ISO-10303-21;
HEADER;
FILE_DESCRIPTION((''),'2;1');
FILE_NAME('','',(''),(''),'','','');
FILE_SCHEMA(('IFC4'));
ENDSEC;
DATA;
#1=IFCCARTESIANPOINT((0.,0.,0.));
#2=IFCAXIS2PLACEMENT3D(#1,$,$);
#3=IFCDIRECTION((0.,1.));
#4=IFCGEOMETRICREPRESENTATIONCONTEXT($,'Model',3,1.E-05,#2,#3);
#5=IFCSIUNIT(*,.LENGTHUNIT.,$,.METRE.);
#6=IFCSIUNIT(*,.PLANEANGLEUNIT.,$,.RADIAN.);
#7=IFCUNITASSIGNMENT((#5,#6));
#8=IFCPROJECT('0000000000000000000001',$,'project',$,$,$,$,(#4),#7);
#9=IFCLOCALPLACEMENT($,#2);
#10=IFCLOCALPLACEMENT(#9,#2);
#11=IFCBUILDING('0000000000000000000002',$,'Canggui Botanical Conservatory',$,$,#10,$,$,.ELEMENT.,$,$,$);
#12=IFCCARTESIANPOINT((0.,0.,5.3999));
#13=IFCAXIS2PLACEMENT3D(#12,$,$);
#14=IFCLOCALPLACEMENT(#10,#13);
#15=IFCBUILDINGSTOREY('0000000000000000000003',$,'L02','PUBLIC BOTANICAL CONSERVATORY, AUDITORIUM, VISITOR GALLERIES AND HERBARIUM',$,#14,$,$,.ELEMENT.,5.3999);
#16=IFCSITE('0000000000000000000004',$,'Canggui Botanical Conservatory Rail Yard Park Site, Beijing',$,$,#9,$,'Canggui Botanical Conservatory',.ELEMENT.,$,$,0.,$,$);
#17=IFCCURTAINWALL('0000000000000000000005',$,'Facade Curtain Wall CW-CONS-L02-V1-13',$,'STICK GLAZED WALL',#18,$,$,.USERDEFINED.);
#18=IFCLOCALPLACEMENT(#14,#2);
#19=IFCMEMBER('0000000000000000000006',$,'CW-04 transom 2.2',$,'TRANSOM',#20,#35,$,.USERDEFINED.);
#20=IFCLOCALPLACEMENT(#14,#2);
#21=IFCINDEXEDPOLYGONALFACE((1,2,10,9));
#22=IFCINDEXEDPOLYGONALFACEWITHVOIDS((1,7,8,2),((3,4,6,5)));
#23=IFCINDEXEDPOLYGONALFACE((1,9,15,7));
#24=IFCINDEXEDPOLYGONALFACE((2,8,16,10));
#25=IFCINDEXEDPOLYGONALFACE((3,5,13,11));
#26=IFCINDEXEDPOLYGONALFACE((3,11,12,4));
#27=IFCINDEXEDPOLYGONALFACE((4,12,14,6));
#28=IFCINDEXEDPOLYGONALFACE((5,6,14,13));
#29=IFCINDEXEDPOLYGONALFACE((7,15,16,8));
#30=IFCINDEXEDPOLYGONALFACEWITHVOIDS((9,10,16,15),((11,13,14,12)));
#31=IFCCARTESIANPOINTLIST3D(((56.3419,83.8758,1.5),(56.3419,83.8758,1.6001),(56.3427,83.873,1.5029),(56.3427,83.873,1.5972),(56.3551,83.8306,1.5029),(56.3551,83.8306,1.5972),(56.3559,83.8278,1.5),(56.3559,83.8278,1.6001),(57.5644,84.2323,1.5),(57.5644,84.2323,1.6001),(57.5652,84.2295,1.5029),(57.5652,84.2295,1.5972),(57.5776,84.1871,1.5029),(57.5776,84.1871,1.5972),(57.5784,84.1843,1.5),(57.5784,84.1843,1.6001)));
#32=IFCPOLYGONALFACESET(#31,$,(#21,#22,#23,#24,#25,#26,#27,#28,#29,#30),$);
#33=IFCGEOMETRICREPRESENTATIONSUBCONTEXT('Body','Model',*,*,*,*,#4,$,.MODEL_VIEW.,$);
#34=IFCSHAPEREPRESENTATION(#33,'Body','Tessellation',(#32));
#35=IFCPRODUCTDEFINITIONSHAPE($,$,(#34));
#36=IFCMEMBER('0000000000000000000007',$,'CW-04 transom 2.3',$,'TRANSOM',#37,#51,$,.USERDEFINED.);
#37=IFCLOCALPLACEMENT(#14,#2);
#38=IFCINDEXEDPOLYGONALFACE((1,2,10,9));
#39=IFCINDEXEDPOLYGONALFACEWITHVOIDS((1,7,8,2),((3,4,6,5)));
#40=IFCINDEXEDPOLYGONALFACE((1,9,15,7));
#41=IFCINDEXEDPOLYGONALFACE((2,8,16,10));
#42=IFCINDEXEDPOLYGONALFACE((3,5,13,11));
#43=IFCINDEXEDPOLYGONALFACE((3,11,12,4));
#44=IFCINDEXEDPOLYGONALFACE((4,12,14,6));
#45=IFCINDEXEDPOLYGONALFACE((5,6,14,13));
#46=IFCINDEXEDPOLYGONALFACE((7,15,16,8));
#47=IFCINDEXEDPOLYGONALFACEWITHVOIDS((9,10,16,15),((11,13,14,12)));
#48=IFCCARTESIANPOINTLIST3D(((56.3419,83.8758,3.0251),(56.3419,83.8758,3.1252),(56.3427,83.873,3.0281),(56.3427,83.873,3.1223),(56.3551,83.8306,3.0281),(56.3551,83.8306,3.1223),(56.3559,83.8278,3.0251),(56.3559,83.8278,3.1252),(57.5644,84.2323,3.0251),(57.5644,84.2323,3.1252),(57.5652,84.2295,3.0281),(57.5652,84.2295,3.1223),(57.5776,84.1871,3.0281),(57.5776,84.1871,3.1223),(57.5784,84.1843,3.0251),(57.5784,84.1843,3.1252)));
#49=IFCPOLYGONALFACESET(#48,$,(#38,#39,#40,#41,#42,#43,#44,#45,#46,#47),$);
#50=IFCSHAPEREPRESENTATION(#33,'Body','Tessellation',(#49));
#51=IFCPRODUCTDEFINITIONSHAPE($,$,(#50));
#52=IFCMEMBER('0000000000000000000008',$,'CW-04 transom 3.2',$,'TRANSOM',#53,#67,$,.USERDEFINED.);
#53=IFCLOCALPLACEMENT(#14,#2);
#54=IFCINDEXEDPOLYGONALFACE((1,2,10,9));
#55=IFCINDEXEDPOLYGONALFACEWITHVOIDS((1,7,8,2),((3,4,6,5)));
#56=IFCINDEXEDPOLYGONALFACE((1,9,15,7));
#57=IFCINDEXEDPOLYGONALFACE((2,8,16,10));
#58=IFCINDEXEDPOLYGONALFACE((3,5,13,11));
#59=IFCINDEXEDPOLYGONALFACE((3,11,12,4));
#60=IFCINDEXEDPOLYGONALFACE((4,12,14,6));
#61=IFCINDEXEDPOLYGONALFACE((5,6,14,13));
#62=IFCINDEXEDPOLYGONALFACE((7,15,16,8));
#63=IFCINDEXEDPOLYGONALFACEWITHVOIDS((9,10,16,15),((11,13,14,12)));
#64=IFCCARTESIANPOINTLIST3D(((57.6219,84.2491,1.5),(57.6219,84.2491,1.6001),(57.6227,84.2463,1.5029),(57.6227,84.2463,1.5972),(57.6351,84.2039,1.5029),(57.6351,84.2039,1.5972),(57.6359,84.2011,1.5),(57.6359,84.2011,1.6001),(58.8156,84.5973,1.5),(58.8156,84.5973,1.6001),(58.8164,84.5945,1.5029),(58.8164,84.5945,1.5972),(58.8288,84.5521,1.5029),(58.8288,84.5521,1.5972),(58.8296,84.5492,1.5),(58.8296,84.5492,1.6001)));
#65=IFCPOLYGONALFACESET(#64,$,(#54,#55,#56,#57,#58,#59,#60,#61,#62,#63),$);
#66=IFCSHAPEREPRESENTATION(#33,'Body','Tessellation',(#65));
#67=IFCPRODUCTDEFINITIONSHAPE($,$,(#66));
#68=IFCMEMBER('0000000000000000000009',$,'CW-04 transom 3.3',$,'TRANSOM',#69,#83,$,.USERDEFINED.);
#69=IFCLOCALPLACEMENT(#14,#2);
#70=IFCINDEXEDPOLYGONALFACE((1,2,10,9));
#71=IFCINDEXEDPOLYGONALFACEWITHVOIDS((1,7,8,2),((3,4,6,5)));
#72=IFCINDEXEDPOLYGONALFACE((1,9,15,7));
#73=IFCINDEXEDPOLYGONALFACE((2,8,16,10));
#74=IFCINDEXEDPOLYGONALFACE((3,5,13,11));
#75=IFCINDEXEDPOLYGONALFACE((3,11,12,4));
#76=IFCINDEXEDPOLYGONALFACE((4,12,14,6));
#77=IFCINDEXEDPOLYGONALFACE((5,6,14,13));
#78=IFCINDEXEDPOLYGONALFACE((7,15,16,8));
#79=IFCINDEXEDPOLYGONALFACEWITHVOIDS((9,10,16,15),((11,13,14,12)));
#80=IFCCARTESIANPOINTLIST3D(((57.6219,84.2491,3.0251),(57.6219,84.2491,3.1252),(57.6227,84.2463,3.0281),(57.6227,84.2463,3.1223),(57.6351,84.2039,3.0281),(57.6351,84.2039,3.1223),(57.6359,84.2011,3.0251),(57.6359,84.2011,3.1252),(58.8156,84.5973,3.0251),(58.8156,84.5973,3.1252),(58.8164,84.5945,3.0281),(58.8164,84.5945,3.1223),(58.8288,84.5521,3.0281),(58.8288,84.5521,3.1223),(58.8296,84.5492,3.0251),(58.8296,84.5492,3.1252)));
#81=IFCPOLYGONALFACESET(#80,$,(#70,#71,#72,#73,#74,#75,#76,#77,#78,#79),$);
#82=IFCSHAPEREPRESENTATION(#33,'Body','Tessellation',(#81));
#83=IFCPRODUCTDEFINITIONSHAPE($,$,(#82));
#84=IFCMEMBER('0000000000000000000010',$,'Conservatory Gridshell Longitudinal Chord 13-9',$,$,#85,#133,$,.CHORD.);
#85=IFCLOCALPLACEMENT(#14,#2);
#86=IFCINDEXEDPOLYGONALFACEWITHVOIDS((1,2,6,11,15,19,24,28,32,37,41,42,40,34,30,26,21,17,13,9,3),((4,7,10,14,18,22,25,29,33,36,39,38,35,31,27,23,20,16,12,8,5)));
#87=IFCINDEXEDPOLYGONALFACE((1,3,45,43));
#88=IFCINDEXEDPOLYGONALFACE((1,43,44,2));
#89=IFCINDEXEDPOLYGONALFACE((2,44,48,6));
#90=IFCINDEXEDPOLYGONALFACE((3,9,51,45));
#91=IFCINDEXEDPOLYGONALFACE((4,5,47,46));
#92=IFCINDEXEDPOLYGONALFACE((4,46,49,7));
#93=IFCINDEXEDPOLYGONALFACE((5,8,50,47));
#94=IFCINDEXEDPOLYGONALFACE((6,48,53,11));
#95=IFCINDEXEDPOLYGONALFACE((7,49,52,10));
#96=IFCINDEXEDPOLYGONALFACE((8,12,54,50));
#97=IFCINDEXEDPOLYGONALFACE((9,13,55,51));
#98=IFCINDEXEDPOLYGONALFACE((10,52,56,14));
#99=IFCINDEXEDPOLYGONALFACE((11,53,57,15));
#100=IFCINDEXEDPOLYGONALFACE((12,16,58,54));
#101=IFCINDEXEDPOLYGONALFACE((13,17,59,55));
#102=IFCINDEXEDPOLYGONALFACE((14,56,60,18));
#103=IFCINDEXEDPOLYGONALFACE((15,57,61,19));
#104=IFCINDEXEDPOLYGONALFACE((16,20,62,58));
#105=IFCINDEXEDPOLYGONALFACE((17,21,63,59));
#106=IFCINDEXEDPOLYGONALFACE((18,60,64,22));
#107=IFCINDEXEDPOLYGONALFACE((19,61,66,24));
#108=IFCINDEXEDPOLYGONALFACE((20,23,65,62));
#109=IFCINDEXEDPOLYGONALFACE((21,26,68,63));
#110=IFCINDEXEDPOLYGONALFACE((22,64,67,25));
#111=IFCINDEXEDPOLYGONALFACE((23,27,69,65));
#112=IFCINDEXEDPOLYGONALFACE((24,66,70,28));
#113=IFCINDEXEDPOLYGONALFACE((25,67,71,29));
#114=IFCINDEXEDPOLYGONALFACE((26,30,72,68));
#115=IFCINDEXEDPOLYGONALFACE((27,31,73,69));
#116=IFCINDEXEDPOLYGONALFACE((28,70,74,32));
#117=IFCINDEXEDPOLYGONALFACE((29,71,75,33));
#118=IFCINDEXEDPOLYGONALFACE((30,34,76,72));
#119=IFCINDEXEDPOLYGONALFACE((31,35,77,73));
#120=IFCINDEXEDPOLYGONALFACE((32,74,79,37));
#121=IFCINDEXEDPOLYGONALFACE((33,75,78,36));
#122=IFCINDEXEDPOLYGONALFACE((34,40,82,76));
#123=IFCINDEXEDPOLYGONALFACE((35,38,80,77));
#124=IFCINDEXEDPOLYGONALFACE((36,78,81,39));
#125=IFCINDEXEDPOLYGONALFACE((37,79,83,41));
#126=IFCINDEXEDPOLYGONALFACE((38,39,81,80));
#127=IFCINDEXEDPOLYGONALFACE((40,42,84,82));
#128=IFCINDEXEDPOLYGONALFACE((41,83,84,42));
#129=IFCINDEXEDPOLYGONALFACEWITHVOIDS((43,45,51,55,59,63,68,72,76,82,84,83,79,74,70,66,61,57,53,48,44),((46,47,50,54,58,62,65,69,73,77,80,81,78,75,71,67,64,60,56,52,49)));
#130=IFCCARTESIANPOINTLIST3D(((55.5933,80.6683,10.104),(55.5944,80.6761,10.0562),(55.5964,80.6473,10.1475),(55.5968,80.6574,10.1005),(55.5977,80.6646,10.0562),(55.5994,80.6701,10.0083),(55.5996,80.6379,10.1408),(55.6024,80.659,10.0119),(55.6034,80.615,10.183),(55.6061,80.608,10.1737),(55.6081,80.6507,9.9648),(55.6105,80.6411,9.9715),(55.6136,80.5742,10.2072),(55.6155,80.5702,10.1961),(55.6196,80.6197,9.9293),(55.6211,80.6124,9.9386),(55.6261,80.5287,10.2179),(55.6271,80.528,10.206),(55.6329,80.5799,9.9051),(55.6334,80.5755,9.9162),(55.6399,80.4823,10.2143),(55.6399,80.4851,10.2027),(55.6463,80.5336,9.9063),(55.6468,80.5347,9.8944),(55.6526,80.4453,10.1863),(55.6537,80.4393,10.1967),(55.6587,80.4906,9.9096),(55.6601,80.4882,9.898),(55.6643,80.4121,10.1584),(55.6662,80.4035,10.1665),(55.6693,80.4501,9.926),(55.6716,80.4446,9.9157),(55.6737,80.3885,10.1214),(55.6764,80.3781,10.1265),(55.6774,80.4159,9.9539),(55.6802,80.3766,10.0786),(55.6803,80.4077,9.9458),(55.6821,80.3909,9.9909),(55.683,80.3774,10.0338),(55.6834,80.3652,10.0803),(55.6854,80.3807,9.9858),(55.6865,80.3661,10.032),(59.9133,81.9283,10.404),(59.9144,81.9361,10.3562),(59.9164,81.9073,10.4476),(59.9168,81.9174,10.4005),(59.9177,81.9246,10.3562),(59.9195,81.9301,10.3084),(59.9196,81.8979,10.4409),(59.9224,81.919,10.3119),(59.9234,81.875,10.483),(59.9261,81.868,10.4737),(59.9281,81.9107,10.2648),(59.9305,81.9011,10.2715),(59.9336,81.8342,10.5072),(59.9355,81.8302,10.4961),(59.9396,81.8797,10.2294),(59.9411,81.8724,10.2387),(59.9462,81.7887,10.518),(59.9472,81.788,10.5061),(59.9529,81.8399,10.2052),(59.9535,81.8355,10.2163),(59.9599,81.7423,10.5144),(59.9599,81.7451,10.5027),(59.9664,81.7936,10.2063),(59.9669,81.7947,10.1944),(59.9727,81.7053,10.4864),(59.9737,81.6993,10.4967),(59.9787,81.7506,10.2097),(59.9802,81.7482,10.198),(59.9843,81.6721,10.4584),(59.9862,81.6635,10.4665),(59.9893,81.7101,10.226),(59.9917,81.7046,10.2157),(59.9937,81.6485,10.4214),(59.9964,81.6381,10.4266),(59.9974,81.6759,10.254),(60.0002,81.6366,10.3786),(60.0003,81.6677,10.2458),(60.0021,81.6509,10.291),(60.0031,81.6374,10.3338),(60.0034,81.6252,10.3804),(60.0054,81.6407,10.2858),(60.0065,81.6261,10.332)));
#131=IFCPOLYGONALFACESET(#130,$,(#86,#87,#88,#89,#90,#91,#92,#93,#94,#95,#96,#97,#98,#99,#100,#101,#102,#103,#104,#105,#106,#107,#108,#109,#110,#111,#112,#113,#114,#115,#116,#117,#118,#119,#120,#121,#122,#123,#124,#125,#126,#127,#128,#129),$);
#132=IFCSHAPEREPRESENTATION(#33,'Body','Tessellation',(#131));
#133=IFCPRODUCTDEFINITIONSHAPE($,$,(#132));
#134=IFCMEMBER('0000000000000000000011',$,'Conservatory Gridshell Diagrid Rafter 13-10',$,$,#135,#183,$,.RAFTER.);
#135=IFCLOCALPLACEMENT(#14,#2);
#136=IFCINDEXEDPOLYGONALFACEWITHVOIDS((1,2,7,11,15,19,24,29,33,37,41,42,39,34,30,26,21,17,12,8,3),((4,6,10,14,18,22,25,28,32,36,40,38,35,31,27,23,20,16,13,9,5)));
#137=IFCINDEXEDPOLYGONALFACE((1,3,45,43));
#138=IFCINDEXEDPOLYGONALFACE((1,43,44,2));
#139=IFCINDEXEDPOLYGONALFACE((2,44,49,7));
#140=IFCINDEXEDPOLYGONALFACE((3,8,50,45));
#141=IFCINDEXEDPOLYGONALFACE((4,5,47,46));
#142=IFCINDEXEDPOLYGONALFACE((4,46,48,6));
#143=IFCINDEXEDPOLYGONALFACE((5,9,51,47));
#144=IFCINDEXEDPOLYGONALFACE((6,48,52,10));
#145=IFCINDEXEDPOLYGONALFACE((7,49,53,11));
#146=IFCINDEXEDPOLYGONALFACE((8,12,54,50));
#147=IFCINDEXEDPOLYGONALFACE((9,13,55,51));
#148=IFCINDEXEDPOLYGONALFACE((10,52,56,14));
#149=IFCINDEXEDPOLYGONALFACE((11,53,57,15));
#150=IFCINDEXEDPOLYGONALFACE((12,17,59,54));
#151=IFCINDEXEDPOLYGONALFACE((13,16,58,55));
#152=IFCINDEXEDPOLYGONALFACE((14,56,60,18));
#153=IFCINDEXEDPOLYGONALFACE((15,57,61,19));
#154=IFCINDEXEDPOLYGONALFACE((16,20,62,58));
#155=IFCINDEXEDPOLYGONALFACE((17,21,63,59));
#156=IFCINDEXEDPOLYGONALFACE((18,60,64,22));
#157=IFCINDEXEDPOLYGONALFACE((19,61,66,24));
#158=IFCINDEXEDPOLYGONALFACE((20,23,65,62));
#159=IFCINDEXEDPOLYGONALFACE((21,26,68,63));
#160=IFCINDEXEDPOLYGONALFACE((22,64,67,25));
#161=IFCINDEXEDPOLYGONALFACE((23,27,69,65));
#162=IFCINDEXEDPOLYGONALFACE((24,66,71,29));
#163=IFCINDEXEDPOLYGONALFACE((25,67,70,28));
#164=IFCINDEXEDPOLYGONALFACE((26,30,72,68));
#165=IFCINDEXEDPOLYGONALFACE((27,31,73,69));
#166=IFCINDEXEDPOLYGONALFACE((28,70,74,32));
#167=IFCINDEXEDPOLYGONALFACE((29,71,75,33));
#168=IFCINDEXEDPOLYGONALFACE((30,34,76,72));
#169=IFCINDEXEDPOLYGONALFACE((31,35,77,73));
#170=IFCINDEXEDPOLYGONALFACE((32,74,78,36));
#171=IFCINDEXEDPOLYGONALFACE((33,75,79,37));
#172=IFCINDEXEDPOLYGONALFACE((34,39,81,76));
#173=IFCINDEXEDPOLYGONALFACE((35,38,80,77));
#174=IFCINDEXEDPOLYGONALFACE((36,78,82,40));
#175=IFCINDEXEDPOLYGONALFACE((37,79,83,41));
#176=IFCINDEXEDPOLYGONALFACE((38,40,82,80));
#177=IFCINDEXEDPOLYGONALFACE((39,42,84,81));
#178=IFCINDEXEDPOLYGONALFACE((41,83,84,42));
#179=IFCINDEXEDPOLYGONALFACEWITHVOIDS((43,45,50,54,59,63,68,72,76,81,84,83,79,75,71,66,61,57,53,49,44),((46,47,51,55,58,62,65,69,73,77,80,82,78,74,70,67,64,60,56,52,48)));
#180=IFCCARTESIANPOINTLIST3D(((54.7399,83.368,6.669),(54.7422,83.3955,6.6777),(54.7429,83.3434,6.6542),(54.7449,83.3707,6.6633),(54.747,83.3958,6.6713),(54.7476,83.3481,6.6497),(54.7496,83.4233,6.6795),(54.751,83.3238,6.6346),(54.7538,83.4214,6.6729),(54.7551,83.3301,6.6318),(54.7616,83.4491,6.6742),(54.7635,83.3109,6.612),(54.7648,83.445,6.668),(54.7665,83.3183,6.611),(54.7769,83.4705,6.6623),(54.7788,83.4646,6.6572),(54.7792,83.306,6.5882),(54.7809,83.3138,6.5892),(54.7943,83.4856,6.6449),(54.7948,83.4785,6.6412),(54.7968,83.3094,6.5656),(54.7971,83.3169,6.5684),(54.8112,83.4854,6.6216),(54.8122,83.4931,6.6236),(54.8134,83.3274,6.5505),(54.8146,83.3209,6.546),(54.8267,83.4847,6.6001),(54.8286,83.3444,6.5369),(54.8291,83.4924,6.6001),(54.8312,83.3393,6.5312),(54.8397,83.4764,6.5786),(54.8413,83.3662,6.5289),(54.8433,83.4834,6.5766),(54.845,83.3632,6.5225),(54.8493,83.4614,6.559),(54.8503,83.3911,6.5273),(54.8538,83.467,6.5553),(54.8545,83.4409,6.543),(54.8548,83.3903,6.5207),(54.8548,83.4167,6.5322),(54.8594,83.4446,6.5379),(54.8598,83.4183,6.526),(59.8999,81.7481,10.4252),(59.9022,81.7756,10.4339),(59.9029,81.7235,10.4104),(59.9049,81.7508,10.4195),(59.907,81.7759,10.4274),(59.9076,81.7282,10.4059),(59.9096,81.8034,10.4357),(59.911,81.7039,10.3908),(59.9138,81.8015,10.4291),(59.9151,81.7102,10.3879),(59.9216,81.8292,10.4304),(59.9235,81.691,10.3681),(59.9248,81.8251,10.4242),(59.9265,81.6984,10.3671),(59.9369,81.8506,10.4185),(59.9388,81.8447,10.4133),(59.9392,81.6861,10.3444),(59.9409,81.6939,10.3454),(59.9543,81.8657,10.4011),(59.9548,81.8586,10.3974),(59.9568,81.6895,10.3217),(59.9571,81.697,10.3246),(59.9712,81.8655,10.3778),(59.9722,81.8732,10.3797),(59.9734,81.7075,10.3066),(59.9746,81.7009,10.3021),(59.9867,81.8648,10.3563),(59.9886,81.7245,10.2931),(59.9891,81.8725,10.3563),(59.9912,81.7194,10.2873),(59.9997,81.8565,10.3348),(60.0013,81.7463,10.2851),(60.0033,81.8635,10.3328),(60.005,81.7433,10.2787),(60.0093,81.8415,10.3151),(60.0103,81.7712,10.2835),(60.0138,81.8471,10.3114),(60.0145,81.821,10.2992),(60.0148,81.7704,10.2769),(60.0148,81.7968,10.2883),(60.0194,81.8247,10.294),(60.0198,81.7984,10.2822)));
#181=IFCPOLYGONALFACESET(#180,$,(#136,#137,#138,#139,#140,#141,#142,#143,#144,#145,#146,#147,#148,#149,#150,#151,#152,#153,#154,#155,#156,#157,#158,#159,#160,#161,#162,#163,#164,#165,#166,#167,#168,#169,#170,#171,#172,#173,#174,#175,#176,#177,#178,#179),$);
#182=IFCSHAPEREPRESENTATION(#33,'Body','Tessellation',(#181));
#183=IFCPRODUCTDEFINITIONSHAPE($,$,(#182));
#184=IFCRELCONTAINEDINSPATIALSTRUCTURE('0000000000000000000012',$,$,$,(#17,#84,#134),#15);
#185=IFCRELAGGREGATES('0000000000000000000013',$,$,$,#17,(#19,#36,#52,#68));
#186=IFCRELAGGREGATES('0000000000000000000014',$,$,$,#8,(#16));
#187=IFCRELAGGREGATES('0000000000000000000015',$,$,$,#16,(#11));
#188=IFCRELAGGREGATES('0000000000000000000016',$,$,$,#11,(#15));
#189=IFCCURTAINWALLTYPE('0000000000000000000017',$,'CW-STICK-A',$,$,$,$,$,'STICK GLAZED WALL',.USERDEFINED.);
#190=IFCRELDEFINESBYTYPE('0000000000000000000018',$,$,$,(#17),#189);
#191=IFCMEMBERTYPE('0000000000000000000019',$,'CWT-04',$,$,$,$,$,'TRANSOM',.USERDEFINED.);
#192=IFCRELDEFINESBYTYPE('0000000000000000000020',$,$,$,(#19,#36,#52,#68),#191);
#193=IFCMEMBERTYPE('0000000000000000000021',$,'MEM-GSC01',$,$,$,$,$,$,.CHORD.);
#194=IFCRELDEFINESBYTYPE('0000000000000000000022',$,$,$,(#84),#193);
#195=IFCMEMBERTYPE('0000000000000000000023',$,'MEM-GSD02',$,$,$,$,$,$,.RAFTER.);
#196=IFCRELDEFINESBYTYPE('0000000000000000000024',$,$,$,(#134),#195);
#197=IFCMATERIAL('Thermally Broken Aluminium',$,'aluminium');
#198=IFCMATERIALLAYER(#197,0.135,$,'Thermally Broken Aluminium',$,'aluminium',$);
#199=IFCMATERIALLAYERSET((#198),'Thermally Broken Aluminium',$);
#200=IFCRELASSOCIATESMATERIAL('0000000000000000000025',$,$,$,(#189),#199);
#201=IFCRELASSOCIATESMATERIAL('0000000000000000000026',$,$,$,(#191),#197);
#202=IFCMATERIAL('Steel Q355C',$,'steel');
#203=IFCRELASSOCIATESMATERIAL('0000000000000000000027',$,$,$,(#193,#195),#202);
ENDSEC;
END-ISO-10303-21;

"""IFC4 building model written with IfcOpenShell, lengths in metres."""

from ifc_helpers import new_model, si_unit, direction, frame, origin, origin_2d, place, context, subcontext, project, spatial, hollow_rectangle, hollow_circle, extrude, material, layer, layer_set, material_profile, profile_set, type_object, element, aggregate, save


model = new_model("IFC4")

# Units and contexts
model_context = context("Model", 3, precision=1e-05, world=origin(), true_north=direction((0.0, 1.0)))
body_context = subcontext(model_context, "Body", "Model", "MODEL_VIEW")
ifc_project = project(units=[si_unit("LENGTHUNIT", "METRE"), si_unit("PLANEANGLEUNIT", "RADIAN")], contexts=[model_context])

# Site, building, storey
site_placement = place(None, origin())
site = spatial("IfcSite", under=ifc_project, at=site_placement, Name="Canggui Botanical Conservatory Rail Yard Park Site, Beijing", LongName="Canggui Botanical Conservatory", CompositionType="ELEMENT", RefElevation=0.0)
building_placement = place(site_placement, origin())
building = spatial("IfcBuilding", under=site, at=building_placement, Name="Canggui Botanical Conservatory", CompositionType="ELEMENT")
storey_placement = place(building_placement, frame((0.0, 0.0, 5.3999)))
storey = spatial("IfcBuildingStorey", under=building, at=storey_placement, Name="L02", Description="PUBLIC BOTANICAL CONSERVATORY, AUDITORIUM, VISITOR GALLERIES AND HERBARIUM", CompositionType="ELEMENT", Elevation=5.3999)

# Shared definitions
ifc_material_1 = material(Name="Steel Q355C", Category="steel")

# Shared definitions
ifc_material_2 = material(Name="Thermally Broken Aluminium", Category="aluminium")
ifc_layer_1 = layer(ifc_material_2, 0.135, Name="Thermally Broken Aluminium", Category="aluminium")
ifc_layer_set_1 = layer_set([ifc_layer_1], Name="Thermally Broken Aluminium")
curtain_wall_type = type_object("IfcCurtainWallType", Name="CW-STICK-A", ElementType="STICK GLAZED WALL", PredefinedType="USERDEFINED", material=ifc_layer_set_1)
ifc_material_profile_1 = material_profile(ifc_material_2, hollow_rectangle(XDim=0.05, YDim=0.1001, WallThickness=0.0029, at=origin_2d()), Name="CWT 50x100x3")
ifc_profile_set_1 = profile_set([ifc_material_profile_1], Name="Thermally Broken Aluminium")
member_type_1 = type_object("IfcMemberType", Name="CWT-04", ElementType="TRANSOM", PredefinedType="USERDEFINED", material=ifc_profile_set_1)

# Curtain wall, members
curtain_wall_1_placement = place(storey_placement, origin())
curtain_wall_1 = element("IfcCurtainWall", 1, at=curtain_wall_1_placement, inside=storey, type_object=curtain_wall_type, Name="Facade Curtain Wall CW-CONS-L02-V1-13", ObjectType="STICK GLAZED WALL", PredefinedType="USERDEFINED")
member_1_placement = place(storey_placement, frame((56.3489, 83.8518, 1.55), z_axis=(0.960019, 0.279934, 0.0), x_axis=(-0.279934, 0.960019, 0.0)))
member_1 = element("IfcMember", 2, at=member_1_placement, type_object=member_type_1, Name="CW-04 transom 2.2", ObjectType="TRANSOM", PredefinedType="USERDEFINED", context=body_context, shape_type="SweptSolid", body=[
    extrude(hollow_rectangle(XDim=0.05, YDim=0.1001, WallThickness=0.0029, at=origin_2d()), origin(), (0.0, 0.0, 1.0), 1.2734),
])
member_2_placement = place(storey_placement, frame((56.3489, 83.8518, 3.0752), z_axis=(0.960019, 0.279934, 0.0), x_axis=(-0.279934, 0.960019, 0.0)))
member_2 = element("IfcMember", 3, at=member_2_placement, type_object=member_type_1, Name="CW-04 transom 2.3", ObjectType="TRANSOM", PredefinedType="USERDEFINED", context=body_context, shape_type="SweptSolid", body=[
    extrude(hollow_rectangle(XDim=0.05, YDim=0.1001, WallThickness=0.0029, at=origin_2d()), origin(), (0.0, 0.0, 1.0), 1.2734),
])
member_3_placement = place(storey_placement, frame((57.6289, 84.2251, 1.55), z_axis=(0.959998, 0.280008, 0.0), x_axis=(-0.280008, 0.959998, 0.0)))
member_3 = element("IfcMember", 4, at=member_3_placement, type_object=member_type_1, Name="CW-04 transom 3.2", ObjectType="TRANSOM", PredefinedType="USERDEFINED", context=body_context, shape_type="SweptSolid", body=[
    extrude(hollow_rectangle(XDim=0.05, YDim=0.1001, WallThickness=0.0029, at=origin_2d()), origin(), (0.0, 0.0, 1.0), 1.2434),
])
member_4_placement = place(storey_placement, frame((57.6289, 84.2251, 3.0752), z_axis=(0.959998, 0.280008, 0.0), x_axis=(-0.280008, 0.959998, 0.0)))
member_4 = element("IfcMember", 5, at=member_4_placement, type_object=member_type_1, Name="CW-04 transom 3.3", ObjectType="TRANSOM", PredefinedType="USERDEFINED", context=body_context, shape_type="SweptSolid", body=[
    extrude(hollow_rectangle(XDim=0.05, YDim=0.1001, WallThickness=0.0029, at=origin_2d()), origin(), (0.0, 0.0, 1.0), 1.2434),
])

# Members
ifc_material_profile_2 = material_profile(ifc_material_1, hollow_circle(Radius=0.1626, WallThickness=0.012, at=origin_2d()), Name="CHS 325x12")
ifc_profile_set_2 = profile_set([ifc_material_profile_2], Name="Steel Q355C")
member_type_2 = type_object("IfcMemberType", Name="MEM-GSC01", PredefinedType="CHORD", material=ifc_profile_set_2)
member_5_placement = place(storey_placement, frame((55.6399, 80.52, 10.0562), z_axis=(0.957874, 0.279378, 0.066529), x_axis=(-0.279998, 0.960001, 0.0)))
element("IfcMember", 6, at=member_5_placement, inside=storey, type_object=member_type_2, Name="Conservatory Gridshell Longitudinal Chord 13-9", PredefinedType="CHORD", context=body_context, shape_type="SweptSolid", body=[
    extrude(hollow_circle(Radius=0.1626, WallThickness=0.012, at=origin_2d()), origin(), (0.0, 0.0, 1.0), 4.51),
])
ifc_material_profile_3 = material_profile(ifc_material_1, hollow_circle(Radius=0.0969, WallThickness=0.0081, at=origin_2d()), Name="CHS 194x8")
ifc_profile_set_3 = profile_set([ifc_material_profile_3], Name="Steel Q355C")
member_type_3 = type_object("IfcMemberType", Name="MEM-GSD02", PredefinedType="RAFTER", material=ifc_profile_set_3)
member_6_placement = place(storey_placement, frame((54.8, 83.3999, 6.6001), z_axis=(0.783633, -0.246009, 0.570437), x_axis=(0.299521, 0.95409, 0.0)))
element("IfcMember", 7, at=member_6_placement, inside=storey, type_object=member_type_3, Name="Conservatory Gridshell Diagrid Rafter 13-10", PredefinedType="RAFTER", context=body_context, shape_type="SweptSolid", body=[
    extrude(hollow_circle(Radius=0.0969, WallThickness=0.0081, at=origin_2d()), origin(), (0.0, 0.0, 1.0), 6.5847),
])

aggregate(curtain_wall_1, [member_1, member_2, member_3, member_4])

save(model, "model.ifc")
